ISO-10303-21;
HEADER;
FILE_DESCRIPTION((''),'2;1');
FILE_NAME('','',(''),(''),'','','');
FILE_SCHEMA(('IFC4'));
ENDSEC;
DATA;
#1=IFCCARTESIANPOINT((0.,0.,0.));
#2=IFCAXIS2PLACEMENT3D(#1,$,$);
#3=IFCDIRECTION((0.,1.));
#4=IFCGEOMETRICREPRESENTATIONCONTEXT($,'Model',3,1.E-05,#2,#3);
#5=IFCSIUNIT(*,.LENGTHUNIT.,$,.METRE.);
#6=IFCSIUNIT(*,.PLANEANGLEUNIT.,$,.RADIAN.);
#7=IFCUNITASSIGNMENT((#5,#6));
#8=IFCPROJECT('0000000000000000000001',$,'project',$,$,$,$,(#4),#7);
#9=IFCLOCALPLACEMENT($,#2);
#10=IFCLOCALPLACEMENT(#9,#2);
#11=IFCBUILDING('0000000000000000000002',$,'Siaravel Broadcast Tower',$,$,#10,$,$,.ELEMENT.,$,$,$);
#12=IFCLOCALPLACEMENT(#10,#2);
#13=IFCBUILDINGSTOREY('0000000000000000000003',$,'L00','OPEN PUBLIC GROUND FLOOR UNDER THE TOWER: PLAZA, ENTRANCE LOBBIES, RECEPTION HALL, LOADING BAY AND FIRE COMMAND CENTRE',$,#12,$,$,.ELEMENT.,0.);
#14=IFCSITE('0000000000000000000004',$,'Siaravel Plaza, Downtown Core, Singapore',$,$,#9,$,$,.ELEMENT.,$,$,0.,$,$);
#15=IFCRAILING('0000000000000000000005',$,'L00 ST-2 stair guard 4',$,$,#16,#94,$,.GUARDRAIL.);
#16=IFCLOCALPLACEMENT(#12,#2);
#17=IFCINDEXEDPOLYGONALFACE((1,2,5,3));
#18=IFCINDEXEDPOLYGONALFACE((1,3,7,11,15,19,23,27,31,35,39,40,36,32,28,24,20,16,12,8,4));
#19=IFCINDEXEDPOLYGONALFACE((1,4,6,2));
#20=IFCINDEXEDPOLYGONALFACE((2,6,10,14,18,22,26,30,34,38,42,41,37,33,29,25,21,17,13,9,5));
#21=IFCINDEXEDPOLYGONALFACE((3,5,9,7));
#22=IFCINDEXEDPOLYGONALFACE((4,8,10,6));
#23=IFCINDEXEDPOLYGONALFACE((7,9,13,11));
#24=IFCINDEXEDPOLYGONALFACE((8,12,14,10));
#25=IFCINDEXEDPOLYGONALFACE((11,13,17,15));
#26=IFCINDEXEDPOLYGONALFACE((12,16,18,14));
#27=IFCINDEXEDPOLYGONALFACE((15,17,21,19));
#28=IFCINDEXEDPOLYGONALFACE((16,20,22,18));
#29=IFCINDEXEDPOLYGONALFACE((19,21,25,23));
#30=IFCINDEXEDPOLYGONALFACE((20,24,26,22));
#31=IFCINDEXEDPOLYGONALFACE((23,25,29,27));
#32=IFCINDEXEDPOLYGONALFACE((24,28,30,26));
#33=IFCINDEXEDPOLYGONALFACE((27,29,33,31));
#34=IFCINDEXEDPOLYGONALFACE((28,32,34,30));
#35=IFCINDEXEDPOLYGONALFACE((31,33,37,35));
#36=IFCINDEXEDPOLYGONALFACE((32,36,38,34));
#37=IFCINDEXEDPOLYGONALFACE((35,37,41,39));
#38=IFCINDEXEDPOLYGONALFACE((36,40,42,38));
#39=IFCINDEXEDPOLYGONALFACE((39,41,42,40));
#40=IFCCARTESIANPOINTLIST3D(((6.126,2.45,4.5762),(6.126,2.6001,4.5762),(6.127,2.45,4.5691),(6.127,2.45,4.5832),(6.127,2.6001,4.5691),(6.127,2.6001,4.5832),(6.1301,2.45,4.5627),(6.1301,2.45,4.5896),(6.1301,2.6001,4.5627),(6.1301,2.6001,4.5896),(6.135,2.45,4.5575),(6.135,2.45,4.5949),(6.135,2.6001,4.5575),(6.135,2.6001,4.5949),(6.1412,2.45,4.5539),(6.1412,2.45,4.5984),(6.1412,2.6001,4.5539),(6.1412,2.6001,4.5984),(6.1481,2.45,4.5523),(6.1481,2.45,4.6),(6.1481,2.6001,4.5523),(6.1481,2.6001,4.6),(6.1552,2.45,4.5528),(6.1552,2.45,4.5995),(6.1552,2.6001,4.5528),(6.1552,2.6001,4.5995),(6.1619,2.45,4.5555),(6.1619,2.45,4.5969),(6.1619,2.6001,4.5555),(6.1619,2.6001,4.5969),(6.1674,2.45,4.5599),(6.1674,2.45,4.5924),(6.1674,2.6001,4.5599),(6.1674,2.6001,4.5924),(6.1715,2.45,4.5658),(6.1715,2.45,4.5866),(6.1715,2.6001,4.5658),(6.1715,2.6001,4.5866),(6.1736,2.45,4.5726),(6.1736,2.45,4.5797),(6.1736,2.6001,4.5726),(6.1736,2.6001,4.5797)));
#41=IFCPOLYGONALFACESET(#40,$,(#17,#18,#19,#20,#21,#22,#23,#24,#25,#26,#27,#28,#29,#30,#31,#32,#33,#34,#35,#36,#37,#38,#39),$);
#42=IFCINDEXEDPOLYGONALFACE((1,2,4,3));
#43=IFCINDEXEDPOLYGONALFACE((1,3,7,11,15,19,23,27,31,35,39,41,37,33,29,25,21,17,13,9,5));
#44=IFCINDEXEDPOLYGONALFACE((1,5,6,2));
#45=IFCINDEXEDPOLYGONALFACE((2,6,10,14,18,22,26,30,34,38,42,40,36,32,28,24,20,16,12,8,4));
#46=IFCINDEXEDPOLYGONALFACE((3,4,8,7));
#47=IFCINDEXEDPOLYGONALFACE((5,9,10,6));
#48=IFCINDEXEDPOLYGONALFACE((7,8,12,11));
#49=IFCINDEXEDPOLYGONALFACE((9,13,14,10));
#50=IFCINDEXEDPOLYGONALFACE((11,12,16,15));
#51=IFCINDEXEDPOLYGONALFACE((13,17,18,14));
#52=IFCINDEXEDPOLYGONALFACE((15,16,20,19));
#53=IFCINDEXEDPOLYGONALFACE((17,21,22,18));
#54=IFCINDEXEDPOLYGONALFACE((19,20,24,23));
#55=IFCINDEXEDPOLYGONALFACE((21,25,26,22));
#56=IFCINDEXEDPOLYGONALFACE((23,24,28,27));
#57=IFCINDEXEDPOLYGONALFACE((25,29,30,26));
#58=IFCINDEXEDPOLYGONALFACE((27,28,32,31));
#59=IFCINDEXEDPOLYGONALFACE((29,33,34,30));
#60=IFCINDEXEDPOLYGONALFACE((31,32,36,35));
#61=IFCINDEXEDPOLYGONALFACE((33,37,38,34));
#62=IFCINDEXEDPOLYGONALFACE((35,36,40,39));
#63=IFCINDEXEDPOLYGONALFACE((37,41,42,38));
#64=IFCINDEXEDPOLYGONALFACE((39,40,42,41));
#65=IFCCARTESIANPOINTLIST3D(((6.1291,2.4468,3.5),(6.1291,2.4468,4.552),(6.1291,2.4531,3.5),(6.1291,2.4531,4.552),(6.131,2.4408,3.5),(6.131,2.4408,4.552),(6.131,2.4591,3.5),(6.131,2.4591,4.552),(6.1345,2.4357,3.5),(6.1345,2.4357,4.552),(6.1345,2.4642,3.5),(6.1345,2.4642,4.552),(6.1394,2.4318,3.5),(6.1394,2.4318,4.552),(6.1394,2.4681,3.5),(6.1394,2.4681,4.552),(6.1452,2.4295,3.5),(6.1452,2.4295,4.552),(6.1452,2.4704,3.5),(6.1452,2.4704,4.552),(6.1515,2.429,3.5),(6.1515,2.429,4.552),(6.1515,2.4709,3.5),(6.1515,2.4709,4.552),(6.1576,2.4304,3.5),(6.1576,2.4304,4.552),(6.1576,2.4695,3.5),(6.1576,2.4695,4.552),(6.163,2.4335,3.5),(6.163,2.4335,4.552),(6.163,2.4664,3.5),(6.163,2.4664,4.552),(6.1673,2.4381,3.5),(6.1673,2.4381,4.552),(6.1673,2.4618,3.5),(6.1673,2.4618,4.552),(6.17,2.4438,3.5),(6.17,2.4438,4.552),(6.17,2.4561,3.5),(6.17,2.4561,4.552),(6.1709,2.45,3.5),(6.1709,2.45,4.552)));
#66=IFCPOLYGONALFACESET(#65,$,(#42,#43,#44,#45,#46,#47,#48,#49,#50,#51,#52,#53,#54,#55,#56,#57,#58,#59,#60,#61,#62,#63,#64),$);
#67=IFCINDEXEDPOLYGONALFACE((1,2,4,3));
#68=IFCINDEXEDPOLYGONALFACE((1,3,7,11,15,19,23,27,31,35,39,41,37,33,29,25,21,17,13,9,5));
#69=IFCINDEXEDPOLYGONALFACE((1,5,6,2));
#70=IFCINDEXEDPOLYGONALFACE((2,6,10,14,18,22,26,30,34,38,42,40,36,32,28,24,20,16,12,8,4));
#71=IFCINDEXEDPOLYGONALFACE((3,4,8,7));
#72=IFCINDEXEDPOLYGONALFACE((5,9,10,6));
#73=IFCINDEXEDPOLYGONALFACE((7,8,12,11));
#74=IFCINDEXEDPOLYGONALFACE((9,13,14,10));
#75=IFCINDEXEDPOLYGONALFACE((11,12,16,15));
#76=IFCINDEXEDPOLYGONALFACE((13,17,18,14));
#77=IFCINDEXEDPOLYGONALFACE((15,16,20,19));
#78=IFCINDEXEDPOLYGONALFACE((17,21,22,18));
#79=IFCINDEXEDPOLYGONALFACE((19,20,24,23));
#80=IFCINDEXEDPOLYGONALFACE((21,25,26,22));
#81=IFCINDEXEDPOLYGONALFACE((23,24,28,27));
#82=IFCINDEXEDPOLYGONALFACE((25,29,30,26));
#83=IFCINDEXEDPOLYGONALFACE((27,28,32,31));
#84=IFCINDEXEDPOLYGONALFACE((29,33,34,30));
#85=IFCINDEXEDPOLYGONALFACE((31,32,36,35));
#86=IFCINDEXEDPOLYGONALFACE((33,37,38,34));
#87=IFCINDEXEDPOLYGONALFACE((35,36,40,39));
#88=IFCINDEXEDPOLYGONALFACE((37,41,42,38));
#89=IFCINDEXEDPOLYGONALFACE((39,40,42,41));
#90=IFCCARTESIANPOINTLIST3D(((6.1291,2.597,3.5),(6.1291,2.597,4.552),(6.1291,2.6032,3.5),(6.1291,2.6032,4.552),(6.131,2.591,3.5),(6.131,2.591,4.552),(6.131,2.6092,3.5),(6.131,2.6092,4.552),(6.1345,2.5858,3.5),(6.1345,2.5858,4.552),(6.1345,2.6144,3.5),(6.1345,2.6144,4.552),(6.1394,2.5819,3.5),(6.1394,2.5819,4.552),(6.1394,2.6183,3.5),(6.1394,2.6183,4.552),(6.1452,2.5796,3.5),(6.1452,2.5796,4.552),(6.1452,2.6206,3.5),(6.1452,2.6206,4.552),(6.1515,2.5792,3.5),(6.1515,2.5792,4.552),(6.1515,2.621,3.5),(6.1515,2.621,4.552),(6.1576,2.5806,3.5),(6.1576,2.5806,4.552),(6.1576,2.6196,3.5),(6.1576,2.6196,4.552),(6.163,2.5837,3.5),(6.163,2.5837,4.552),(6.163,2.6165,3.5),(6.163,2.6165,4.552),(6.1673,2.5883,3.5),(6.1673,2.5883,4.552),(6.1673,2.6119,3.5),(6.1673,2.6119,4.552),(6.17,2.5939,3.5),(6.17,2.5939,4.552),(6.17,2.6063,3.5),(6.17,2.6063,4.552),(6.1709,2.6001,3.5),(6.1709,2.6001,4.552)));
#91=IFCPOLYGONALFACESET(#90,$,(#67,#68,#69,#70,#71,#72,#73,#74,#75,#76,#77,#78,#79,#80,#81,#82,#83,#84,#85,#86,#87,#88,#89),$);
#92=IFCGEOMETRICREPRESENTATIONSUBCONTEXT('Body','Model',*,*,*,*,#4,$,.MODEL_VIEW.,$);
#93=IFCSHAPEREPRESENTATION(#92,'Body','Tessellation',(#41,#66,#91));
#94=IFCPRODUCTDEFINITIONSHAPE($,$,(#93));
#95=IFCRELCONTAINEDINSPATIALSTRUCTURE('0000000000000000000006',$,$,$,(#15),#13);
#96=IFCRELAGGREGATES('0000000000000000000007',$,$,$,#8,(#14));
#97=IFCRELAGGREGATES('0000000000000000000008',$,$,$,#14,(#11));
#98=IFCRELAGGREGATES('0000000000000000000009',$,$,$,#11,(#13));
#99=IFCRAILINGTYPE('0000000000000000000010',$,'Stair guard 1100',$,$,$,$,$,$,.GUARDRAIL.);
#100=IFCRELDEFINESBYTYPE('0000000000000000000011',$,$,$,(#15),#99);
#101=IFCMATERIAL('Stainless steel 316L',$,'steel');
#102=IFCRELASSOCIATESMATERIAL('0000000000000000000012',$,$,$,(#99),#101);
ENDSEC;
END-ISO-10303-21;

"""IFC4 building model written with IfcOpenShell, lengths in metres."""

from ifc_helpers import new_model, si_unit, direction, frame, origin, origin_2d, place, context, subcontext, project, spatial, circle, extrude, material, type_object, element, save


model = new_model("IFC4")

# Units and contexts
model_context = context("Model", 3, precision=1e-05, world=origin(), true_north=direction((0.0, 1.0)))
body_context = subcontext(model_context, "Body", "Model", "MODEL_VIEW")
ifc_project = project(units=[si_unit("LENGTHUNIT", "METRE"), si_unit("PLANEANGLEUNIT", "RADIAN")], contexts=[model_context])

# Site, building, storey
site_placement = place(None, origin())
site = spatial("IfcSite", under=ifc_project, at=site_placement, Name="Siaravel Plaza, Downtown Core, Singapore", CompositionType="ELEMENT", RefElevation=0.0)
building_placement = place(site_placement, origin())
building = spatial("IfcBuilding", under=site, at=building_placement, Name="Siaravel Broadcast Tower", CompositionType="ELEMENT")
storey_placement = place(building_placement, origin())
storey = spatial("IfcBuildingStorey", under=building, at=storey_placement, Name="L00", Description="OPEN PUBLIC GROUND FLOOR UNDER THE TOWER: PLAZA, ENTRANCE LOBBIES, RECEPTION HALL, LOADING BAY AND FIRE COMMAND CENTRE", CompositionType="ELEMENT", Elevation=0.0)

# Railing
ifc_material_1 = material(Name="Stainless steel 316L", Category="steel")
railing_type = type_object("IfcRailingType", Name="Stair guard 1100", PredefinedType="GUARDRAIL", material=ifc_material_1)
railing_1_placement = place(storey_placement, frame((6.1499, 2.45, 3.5)))
element("IfcRailing", 1, at=railing_1_placement, inside=storey, type_object=railing_type, Name="L00 ST-2 stair guard 4", PredefinedType="GUARDRAIL", context=body_context, shape_type="SweptSolid", body=[
    extrude(circle(Radius=0.0239, at=origin_2d()), frame((0.0, 0.0, 1.0762), z_axis=(0.0, 1.0, 0.0), x_axis=(-1.0, 0.0, 0.0)), (0.0, 0.0, 1.0), 0.1501),
    extrude(circle(Radius=0.021, at=origin_2d()), origin(), (0.0, 0.0, 1.0), 1.052),
    extrude(circle(Radius=0.021, at=origin_2d()), frame((0.0, 0.1501, 0.0)), (0.0, 0.0, 1.0), 1.052),
])

save(model, "model.ifc")
